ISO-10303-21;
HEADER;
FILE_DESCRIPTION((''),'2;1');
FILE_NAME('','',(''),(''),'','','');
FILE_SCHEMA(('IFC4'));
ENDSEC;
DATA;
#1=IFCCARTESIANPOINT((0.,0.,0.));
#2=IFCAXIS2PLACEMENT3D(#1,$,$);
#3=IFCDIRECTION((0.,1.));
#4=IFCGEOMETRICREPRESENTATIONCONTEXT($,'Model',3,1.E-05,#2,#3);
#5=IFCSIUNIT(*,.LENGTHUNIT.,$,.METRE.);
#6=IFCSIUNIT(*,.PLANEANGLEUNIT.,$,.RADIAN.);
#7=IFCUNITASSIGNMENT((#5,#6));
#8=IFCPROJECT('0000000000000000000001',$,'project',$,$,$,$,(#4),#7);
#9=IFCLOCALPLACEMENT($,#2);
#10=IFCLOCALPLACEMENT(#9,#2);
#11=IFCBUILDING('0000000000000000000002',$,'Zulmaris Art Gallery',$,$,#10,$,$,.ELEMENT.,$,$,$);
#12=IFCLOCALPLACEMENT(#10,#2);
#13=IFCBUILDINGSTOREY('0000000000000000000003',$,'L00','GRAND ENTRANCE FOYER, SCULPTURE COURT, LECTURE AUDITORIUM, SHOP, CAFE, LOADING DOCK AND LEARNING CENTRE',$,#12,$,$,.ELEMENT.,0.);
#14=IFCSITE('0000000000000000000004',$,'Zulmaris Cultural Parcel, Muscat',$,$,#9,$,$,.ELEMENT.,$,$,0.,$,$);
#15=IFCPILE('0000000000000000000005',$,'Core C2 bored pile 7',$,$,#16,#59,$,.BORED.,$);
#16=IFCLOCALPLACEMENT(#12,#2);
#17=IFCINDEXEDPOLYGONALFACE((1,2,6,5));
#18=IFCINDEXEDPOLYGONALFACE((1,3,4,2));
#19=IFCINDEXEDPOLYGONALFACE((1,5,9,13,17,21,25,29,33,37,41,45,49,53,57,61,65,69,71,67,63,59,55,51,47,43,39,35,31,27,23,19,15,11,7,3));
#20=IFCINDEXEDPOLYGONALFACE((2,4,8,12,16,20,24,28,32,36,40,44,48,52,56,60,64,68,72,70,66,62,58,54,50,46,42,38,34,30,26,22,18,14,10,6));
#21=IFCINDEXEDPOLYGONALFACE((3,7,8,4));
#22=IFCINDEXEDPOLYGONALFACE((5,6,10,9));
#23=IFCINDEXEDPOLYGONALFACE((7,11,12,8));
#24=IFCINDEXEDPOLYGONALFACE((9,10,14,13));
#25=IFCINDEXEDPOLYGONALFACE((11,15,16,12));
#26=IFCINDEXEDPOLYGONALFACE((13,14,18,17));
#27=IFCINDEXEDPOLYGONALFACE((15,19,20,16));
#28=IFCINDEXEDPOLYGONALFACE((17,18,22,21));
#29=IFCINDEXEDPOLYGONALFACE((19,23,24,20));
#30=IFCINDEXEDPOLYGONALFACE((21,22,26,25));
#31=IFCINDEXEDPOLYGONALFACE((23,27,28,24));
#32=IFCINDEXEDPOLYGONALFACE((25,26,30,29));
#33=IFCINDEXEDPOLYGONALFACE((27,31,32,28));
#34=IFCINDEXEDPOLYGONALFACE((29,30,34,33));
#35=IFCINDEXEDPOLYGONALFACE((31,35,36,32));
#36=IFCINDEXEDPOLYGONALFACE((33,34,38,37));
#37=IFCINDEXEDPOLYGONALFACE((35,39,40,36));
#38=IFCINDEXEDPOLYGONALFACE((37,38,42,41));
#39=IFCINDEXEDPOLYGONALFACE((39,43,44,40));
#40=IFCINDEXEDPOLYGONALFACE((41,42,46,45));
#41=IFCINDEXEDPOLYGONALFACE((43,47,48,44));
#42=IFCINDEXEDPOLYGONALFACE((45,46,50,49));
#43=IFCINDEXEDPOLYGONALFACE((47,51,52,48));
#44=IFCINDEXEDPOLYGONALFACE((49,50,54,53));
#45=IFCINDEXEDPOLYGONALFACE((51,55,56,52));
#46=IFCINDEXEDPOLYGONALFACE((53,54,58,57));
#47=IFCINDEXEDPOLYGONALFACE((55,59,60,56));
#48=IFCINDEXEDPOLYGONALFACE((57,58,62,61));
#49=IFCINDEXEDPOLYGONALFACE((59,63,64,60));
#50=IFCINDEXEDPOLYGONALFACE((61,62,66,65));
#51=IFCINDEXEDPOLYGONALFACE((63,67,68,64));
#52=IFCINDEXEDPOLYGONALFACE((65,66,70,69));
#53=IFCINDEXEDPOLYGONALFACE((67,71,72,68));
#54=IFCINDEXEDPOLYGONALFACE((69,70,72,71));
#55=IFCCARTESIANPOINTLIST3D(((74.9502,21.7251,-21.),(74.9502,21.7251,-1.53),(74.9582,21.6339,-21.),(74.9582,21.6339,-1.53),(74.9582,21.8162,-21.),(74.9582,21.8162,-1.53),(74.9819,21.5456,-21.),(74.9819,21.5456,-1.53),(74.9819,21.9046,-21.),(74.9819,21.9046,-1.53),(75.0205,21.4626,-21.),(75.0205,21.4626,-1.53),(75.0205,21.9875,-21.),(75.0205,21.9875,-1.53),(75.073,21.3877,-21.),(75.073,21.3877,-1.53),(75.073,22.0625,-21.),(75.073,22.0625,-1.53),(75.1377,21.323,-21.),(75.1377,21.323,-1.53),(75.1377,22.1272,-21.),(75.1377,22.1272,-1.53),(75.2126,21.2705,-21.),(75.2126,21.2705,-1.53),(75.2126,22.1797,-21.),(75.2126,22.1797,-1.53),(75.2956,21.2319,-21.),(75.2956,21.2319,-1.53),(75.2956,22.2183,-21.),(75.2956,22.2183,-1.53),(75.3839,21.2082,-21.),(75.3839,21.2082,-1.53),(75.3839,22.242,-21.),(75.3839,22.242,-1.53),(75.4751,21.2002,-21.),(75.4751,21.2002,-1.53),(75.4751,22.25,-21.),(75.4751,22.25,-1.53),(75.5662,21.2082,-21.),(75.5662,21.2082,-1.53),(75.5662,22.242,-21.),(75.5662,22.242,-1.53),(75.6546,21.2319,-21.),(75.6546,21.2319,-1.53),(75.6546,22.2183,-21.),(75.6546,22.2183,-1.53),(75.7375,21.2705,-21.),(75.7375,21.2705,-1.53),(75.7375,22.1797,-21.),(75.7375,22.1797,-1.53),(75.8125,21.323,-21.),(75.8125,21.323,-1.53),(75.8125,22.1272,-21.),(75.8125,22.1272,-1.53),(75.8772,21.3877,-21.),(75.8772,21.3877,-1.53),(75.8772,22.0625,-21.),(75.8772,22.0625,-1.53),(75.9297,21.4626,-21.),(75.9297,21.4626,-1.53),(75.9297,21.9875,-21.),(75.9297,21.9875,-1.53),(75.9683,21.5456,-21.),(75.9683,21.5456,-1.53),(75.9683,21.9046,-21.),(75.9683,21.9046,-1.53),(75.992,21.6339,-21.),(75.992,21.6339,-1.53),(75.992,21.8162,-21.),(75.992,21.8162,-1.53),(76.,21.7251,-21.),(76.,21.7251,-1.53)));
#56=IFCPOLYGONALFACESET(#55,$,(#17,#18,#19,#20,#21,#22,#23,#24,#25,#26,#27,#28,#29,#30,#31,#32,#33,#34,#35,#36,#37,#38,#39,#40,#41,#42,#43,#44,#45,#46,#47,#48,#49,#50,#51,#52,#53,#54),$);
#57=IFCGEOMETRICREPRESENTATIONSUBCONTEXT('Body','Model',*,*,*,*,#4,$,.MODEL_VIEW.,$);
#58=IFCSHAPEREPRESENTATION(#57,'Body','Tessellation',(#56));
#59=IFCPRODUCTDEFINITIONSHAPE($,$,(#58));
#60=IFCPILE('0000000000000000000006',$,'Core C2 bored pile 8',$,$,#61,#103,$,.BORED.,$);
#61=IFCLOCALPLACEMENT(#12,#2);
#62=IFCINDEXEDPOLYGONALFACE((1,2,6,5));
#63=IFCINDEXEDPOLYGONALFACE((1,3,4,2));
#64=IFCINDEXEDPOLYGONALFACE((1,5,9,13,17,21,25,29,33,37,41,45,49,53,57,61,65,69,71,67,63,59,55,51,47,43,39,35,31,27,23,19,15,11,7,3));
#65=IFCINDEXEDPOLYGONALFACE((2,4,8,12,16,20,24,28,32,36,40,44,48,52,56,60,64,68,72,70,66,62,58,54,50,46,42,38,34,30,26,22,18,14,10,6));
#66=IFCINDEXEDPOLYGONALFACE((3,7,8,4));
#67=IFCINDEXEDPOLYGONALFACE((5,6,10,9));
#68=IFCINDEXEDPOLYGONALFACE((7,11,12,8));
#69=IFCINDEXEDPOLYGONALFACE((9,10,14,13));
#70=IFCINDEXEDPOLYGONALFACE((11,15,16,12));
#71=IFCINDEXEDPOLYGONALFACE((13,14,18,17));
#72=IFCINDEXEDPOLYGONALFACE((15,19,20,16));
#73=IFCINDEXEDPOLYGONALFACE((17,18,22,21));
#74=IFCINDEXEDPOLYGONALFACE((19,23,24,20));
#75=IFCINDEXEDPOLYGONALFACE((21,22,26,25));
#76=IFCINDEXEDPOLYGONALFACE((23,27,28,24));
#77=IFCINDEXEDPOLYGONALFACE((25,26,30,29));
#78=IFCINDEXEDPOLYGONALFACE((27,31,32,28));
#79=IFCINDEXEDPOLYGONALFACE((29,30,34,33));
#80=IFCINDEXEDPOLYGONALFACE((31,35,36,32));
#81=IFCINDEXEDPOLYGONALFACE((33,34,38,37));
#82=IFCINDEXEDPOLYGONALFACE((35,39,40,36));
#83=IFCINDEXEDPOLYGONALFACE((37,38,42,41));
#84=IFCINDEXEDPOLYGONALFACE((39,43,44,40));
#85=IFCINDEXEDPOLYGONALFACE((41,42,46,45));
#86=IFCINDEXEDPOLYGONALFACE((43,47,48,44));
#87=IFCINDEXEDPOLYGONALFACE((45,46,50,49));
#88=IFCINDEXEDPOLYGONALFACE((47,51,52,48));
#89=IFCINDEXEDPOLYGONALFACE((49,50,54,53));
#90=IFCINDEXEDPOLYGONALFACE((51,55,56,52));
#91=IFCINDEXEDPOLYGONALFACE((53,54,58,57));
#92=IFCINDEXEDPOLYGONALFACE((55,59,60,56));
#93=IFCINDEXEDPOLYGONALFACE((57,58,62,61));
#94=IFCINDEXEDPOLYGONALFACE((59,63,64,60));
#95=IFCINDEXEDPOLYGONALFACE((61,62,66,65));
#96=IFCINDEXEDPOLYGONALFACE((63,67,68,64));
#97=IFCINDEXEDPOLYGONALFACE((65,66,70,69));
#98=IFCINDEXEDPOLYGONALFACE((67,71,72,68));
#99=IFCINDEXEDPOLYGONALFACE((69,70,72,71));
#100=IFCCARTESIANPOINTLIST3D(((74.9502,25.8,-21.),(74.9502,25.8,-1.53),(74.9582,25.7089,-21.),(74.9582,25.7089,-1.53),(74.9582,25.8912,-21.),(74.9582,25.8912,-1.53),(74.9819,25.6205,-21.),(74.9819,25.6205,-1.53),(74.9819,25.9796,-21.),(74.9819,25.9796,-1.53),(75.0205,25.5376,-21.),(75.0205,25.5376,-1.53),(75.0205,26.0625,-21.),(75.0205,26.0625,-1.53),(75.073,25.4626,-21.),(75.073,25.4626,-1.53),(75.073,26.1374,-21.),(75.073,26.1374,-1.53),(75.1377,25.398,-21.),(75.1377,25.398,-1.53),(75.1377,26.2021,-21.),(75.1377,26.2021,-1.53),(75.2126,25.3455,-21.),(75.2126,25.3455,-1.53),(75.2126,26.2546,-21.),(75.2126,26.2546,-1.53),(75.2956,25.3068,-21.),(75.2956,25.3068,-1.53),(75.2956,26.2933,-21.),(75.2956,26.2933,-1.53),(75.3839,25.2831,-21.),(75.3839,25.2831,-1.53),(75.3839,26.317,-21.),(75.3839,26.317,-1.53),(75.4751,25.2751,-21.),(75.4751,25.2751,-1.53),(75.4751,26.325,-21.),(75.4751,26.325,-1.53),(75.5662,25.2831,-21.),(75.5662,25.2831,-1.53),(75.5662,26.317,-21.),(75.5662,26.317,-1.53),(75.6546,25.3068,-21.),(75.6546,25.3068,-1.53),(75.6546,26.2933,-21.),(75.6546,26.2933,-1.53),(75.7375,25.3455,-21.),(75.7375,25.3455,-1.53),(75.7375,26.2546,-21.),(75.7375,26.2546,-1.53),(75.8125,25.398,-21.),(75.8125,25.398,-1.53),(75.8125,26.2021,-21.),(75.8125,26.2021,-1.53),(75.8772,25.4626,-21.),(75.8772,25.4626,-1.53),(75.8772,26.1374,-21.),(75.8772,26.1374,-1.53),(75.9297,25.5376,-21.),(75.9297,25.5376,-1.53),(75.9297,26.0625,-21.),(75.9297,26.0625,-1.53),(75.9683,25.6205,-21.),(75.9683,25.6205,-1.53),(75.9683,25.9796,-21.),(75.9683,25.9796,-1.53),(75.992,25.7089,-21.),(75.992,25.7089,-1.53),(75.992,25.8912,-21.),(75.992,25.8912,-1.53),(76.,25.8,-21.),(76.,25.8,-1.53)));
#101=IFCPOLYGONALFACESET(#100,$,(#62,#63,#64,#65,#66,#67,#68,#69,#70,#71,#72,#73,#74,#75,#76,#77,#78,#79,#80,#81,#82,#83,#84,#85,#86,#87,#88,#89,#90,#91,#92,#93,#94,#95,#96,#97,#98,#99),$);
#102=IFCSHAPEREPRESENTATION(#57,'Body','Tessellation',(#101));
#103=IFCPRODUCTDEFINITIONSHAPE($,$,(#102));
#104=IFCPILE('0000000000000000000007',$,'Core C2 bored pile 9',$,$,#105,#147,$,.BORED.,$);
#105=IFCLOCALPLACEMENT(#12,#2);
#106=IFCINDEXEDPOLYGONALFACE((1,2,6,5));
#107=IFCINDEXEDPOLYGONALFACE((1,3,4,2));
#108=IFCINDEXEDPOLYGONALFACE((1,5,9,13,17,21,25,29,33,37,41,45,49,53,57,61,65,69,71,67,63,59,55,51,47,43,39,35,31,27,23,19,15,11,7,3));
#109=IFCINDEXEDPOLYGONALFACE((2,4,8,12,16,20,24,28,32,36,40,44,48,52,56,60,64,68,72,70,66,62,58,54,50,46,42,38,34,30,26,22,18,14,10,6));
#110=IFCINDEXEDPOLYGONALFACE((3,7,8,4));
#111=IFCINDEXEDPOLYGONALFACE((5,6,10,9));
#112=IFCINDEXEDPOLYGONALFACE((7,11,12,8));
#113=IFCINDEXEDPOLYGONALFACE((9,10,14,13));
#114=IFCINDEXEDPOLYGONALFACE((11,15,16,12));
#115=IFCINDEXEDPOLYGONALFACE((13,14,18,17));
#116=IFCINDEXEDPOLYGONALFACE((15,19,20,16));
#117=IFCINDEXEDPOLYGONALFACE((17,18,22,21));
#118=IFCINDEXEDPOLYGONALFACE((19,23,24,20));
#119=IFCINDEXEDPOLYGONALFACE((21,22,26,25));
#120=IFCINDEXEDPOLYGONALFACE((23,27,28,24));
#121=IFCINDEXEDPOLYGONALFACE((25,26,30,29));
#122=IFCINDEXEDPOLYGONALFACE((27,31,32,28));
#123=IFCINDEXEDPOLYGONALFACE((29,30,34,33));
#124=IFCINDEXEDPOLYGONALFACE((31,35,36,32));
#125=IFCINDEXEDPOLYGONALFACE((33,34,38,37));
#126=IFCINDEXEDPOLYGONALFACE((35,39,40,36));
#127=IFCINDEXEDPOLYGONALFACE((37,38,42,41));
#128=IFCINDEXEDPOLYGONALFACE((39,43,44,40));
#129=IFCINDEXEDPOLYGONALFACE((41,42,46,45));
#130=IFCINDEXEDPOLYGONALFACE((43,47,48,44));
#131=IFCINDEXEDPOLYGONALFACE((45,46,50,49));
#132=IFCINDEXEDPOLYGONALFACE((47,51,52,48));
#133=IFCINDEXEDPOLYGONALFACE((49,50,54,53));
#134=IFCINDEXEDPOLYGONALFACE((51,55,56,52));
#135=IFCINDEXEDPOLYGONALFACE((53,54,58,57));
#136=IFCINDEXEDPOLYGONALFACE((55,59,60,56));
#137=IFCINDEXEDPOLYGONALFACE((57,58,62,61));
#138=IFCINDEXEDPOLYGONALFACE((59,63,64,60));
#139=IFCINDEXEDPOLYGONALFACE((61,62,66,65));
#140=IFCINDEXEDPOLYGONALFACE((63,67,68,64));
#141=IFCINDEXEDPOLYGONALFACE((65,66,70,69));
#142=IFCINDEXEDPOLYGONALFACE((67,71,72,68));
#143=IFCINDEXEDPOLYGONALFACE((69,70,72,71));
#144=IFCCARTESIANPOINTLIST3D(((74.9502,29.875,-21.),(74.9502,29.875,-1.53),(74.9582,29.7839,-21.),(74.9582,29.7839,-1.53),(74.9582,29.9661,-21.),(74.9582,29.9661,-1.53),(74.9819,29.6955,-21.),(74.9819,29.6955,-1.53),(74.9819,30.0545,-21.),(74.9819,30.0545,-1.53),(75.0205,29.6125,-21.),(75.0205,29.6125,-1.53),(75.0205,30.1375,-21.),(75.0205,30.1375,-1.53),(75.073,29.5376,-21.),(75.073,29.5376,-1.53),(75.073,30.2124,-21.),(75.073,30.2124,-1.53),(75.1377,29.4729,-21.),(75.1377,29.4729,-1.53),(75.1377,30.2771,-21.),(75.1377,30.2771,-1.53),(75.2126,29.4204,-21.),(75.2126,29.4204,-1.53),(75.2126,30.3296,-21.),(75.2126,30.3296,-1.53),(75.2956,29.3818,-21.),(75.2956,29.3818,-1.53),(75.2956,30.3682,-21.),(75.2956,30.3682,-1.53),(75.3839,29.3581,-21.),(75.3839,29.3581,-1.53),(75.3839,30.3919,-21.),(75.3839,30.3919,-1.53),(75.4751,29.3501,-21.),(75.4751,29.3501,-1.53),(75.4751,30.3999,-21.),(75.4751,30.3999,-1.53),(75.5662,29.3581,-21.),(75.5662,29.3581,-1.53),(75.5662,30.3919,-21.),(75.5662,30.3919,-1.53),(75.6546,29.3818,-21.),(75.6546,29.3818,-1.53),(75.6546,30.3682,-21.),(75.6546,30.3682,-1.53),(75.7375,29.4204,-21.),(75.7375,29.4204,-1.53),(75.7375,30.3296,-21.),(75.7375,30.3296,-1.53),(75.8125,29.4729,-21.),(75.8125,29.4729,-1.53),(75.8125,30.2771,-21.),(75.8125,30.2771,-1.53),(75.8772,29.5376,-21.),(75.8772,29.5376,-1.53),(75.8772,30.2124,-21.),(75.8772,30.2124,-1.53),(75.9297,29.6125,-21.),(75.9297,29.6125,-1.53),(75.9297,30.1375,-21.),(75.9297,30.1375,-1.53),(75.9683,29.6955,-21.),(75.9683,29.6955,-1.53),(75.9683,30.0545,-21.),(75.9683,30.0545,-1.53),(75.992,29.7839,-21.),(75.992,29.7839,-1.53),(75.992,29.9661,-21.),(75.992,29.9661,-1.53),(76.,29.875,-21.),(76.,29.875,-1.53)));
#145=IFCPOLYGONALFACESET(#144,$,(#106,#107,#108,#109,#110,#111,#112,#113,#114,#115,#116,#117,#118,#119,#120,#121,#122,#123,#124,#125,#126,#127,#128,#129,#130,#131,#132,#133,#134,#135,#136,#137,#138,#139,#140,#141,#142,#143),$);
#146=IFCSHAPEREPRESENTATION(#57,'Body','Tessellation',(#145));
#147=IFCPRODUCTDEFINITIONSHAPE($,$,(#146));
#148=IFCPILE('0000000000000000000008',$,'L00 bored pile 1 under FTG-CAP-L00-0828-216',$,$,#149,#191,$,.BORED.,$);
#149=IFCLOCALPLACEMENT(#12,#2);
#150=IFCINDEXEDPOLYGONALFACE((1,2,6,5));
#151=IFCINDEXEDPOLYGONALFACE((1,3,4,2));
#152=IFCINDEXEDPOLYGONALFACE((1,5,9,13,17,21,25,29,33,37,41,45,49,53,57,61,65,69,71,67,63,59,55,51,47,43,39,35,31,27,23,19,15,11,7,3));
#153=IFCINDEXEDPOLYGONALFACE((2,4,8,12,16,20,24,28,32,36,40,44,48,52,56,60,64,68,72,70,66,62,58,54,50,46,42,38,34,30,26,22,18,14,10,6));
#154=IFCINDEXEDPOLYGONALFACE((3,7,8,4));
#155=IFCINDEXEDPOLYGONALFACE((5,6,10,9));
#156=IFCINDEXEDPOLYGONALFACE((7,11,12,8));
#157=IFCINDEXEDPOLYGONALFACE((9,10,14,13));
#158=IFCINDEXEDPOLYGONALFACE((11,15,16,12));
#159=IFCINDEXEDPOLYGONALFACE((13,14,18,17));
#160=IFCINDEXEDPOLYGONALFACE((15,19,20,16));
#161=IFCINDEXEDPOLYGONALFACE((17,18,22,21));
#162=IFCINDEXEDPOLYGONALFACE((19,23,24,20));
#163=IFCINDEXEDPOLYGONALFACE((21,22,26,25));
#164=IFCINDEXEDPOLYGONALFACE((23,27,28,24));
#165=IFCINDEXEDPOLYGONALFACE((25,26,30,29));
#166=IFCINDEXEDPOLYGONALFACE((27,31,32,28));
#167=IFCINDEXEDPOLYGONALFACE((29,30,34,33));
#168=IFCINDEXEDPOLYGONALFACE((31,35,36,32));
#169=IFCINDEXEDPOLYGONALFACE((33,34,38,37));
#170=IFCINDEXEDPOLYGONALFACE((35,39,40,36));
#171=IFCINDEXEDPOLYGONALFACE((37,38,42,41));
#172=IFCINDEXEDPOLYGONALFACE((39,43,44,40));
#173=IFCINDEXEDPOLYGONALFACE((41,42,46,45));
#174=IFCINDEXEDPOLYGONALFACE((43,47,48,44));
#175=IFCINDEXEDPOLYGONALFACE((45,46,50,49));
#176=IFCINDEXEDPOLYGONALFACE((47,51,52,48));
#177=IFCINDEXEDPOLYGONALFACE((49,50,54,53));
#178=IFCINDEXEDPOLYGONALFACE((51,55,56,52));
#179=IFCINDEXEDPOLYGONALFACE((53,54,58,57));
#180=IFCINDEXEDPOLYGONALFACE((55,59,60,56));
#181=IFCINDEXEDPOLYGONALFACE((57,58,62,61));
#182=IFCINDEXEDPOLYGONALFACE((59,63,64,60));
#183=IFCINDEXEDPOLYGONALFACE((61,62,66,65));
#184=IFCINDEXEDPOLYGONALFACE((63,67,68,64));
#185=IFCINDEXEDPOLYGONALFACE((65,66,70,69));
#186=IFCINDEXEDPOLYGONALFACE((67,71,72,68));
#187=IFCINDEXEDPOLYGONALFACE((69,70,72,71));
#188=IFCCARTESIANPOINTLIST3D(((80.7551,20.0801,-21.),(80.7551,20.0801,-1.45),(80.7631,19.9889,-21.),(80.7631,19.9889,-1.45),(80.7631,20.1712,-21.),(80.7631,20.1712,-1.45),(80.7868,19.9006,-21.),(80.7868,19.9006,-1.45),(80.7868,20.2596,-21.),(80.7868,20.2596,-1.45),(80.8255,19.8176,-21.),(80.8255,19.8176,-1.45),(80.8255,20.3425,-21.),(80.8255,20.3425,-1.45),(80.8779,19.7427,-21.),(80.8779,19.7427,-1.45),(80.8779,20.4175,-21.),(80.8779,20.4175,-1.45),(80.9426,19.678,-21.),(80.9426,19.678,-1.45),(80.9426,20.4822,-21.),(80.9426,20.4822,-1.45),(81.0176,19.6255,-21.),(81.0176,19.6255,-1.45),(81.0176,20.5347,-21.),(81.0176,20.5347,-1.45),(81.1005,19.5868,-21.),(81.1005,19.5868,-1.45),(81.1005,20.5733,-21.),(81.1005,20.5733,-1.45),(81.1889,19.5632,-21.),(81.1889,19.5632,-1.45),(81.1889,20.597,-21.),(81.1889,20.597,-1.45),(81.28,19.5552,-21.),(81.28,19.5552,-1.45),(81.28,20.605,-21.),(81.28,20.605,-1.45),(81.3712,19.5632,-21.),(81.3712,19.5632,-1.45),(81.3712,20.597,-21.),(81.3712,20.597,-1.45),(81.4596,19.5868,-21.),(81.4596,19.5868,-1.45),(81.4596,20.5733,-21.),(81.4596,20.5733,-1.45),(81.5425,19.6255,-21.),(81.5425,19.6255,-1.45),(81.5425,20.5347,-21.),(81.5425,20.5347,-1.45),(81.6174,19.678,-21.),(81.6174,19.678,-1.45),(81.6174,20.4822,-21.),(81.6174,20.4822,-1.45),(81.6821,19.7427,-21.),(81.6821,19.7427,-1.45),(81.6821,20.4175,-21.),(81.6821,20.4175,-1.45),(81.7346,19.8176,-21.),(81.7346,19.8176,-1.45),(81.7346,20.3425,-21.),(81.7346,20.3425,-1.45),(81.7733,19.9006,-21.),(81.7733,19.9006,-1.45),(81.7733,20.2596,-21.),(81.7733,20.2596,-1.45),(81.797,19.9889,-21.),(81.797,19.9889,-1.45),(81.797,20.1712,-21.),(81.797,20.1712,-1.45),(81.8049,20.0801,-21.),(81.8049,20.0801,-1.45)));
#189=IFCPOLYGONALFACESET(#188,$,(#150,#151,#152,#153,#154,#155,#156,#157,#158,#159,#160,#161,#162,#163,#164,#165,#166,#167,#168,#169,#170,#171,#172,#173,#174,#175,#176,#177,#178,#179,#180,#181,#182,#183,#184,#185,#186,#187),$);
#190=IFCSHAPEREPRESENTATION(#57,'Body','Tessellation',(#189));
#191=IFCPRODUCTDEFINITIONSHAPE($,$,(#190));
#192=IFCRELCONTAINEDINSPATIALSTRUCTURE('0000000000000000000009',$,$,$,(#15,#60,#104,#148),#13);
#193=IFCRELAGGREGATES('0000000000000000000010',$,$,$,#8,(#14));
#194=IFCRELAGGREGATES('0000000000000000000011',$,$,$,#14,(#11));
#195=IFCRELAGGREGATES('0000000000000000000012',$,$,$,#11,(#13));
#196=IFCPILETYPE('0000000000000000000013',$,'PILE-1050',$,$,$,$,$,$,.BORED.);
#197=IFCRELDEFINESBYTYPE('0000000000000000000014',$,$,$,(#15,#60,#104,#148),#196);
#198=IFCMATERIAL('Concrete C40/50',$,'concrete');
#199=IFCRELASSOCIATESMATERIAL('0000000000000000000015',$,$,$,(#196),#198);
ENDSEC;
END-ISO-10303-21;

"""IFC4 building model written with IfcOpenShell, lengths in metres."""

from ifc_helpers import new_model, si_unit, direction, frame, origin, origin_2d, place, context, subcontext, project, spatial, circle, extrude, material, material_profile, profile_set, type_object, element, save


model = new_model("IFC4")

# Units and contexts
model_context = context("Model", 3, precision=1e-05, world=origin(), true_north=direction((0.0, 1.0)))
body_context = subcontext(model_context, "Body", "Model", "MODEL_VIEW")
ifc_project = project(units=[si_unit("LENGTHUNIT", "METRE"), si_unit("PLANEANGLEUNIT", "RADIAN")], contexts=[model_context])

# Site, building, storey
site_placement = place(None, origin())
site = spatial("IfcSite", under=ifc_project, at=site_placement, Name="Zulmaris Cultural Parcel, Muscat", CompositionType="ELEMENT", RefElevation=0.0)
building_placement = place(site_placement, origin())
building = spatial("IfcBuilding", under=site, at=building_placement, Name="Zulmaris Art Gallery", CompositionType="ELEMENT")
storey_placement = place(building_placement, origin())
storey = spatial("IfcBuildingStorey", under=building, at=storey_placement, Name="L00", Description="GRAND ENTRANCE FOYER, SCULPTURE COURT, LECTURE AUDITORIUM, SHOP, CAFE, LOADING DOCK AND LEARNING CENTRE", CompositionType="ELEMENT", Elevation=0.0)

# Piles
ifc_material_1 = material(Name="Concrete C40/50", Category="concrete")
ifc_material_profile_1 = material_profile(ifc_material_1, circle(Radius=0.5249, at=origin_2d()), Name="PILE DIA 1050")
ifc_profile_set_1 = profile_set([ifc_material_profile_1], Name="Concrete C40/50")
pile_type_1 = type_object("IfcPileType", Name="PILE-1050", PredefinedType="BORED", material=ifc_profile_set_1)
for number, where, z_axis, x_axis, name in (
    (1, (75.4751, 21.7251, -1.53), (0.0, 0.0, -1.0), (1.0, 0.0, 0.0), "Core C2 bored pile 7"),
    (2, (75.4751, 25.8, -1.53), (0.0, 0.0, -1.0), (1.0, 0.0, 0.0), "Core C2 bored pile 8"),
    (3, (75.4751, 29.875, -1.53), (0.0, 0.0, -1.0), (1.0, 0.0, 0.0), "Core C2 bored pile 9"),
):
    element("IfcPile", number, at=place(storey_placement, frame(where, z_axis=z_axis, x_axis=x_axis)), inside=storey, type_object=pile_type_1, Name=name, PredefinedType="BORED", context=body_context, shape_type="SweptSolid", body=[
        extrude(circle(Radius=0.5249, at=origin_2d()), origin(), (0.0, 0.0, 1.0), 19.47),
    ])
for number, where, z_axis, x_axis, name in (
    (4, (81.28, 20.0801, -1.45), (0.0, 0.0, -1.0), (1.0, 0.0, 0.0), "L00 bored pile 1 under FTG-CAP-L00-0828-216"),
):
    element("IfcPile", number, at=place(storey_placement, frame(where, z_axis=z_axis, x_axis=x_axis)), inside=storey, type_object=pile_type_1, Name=name, PredefinedType="BORED", context=body_context, shape_type="SweptSolid", body=[
        extrude(circle(Radius=0.5249, at=origin_2d()), origin(), (0.0, 0.0, 1.0), 19.55),
    ])

save(model, "model.ifc")
